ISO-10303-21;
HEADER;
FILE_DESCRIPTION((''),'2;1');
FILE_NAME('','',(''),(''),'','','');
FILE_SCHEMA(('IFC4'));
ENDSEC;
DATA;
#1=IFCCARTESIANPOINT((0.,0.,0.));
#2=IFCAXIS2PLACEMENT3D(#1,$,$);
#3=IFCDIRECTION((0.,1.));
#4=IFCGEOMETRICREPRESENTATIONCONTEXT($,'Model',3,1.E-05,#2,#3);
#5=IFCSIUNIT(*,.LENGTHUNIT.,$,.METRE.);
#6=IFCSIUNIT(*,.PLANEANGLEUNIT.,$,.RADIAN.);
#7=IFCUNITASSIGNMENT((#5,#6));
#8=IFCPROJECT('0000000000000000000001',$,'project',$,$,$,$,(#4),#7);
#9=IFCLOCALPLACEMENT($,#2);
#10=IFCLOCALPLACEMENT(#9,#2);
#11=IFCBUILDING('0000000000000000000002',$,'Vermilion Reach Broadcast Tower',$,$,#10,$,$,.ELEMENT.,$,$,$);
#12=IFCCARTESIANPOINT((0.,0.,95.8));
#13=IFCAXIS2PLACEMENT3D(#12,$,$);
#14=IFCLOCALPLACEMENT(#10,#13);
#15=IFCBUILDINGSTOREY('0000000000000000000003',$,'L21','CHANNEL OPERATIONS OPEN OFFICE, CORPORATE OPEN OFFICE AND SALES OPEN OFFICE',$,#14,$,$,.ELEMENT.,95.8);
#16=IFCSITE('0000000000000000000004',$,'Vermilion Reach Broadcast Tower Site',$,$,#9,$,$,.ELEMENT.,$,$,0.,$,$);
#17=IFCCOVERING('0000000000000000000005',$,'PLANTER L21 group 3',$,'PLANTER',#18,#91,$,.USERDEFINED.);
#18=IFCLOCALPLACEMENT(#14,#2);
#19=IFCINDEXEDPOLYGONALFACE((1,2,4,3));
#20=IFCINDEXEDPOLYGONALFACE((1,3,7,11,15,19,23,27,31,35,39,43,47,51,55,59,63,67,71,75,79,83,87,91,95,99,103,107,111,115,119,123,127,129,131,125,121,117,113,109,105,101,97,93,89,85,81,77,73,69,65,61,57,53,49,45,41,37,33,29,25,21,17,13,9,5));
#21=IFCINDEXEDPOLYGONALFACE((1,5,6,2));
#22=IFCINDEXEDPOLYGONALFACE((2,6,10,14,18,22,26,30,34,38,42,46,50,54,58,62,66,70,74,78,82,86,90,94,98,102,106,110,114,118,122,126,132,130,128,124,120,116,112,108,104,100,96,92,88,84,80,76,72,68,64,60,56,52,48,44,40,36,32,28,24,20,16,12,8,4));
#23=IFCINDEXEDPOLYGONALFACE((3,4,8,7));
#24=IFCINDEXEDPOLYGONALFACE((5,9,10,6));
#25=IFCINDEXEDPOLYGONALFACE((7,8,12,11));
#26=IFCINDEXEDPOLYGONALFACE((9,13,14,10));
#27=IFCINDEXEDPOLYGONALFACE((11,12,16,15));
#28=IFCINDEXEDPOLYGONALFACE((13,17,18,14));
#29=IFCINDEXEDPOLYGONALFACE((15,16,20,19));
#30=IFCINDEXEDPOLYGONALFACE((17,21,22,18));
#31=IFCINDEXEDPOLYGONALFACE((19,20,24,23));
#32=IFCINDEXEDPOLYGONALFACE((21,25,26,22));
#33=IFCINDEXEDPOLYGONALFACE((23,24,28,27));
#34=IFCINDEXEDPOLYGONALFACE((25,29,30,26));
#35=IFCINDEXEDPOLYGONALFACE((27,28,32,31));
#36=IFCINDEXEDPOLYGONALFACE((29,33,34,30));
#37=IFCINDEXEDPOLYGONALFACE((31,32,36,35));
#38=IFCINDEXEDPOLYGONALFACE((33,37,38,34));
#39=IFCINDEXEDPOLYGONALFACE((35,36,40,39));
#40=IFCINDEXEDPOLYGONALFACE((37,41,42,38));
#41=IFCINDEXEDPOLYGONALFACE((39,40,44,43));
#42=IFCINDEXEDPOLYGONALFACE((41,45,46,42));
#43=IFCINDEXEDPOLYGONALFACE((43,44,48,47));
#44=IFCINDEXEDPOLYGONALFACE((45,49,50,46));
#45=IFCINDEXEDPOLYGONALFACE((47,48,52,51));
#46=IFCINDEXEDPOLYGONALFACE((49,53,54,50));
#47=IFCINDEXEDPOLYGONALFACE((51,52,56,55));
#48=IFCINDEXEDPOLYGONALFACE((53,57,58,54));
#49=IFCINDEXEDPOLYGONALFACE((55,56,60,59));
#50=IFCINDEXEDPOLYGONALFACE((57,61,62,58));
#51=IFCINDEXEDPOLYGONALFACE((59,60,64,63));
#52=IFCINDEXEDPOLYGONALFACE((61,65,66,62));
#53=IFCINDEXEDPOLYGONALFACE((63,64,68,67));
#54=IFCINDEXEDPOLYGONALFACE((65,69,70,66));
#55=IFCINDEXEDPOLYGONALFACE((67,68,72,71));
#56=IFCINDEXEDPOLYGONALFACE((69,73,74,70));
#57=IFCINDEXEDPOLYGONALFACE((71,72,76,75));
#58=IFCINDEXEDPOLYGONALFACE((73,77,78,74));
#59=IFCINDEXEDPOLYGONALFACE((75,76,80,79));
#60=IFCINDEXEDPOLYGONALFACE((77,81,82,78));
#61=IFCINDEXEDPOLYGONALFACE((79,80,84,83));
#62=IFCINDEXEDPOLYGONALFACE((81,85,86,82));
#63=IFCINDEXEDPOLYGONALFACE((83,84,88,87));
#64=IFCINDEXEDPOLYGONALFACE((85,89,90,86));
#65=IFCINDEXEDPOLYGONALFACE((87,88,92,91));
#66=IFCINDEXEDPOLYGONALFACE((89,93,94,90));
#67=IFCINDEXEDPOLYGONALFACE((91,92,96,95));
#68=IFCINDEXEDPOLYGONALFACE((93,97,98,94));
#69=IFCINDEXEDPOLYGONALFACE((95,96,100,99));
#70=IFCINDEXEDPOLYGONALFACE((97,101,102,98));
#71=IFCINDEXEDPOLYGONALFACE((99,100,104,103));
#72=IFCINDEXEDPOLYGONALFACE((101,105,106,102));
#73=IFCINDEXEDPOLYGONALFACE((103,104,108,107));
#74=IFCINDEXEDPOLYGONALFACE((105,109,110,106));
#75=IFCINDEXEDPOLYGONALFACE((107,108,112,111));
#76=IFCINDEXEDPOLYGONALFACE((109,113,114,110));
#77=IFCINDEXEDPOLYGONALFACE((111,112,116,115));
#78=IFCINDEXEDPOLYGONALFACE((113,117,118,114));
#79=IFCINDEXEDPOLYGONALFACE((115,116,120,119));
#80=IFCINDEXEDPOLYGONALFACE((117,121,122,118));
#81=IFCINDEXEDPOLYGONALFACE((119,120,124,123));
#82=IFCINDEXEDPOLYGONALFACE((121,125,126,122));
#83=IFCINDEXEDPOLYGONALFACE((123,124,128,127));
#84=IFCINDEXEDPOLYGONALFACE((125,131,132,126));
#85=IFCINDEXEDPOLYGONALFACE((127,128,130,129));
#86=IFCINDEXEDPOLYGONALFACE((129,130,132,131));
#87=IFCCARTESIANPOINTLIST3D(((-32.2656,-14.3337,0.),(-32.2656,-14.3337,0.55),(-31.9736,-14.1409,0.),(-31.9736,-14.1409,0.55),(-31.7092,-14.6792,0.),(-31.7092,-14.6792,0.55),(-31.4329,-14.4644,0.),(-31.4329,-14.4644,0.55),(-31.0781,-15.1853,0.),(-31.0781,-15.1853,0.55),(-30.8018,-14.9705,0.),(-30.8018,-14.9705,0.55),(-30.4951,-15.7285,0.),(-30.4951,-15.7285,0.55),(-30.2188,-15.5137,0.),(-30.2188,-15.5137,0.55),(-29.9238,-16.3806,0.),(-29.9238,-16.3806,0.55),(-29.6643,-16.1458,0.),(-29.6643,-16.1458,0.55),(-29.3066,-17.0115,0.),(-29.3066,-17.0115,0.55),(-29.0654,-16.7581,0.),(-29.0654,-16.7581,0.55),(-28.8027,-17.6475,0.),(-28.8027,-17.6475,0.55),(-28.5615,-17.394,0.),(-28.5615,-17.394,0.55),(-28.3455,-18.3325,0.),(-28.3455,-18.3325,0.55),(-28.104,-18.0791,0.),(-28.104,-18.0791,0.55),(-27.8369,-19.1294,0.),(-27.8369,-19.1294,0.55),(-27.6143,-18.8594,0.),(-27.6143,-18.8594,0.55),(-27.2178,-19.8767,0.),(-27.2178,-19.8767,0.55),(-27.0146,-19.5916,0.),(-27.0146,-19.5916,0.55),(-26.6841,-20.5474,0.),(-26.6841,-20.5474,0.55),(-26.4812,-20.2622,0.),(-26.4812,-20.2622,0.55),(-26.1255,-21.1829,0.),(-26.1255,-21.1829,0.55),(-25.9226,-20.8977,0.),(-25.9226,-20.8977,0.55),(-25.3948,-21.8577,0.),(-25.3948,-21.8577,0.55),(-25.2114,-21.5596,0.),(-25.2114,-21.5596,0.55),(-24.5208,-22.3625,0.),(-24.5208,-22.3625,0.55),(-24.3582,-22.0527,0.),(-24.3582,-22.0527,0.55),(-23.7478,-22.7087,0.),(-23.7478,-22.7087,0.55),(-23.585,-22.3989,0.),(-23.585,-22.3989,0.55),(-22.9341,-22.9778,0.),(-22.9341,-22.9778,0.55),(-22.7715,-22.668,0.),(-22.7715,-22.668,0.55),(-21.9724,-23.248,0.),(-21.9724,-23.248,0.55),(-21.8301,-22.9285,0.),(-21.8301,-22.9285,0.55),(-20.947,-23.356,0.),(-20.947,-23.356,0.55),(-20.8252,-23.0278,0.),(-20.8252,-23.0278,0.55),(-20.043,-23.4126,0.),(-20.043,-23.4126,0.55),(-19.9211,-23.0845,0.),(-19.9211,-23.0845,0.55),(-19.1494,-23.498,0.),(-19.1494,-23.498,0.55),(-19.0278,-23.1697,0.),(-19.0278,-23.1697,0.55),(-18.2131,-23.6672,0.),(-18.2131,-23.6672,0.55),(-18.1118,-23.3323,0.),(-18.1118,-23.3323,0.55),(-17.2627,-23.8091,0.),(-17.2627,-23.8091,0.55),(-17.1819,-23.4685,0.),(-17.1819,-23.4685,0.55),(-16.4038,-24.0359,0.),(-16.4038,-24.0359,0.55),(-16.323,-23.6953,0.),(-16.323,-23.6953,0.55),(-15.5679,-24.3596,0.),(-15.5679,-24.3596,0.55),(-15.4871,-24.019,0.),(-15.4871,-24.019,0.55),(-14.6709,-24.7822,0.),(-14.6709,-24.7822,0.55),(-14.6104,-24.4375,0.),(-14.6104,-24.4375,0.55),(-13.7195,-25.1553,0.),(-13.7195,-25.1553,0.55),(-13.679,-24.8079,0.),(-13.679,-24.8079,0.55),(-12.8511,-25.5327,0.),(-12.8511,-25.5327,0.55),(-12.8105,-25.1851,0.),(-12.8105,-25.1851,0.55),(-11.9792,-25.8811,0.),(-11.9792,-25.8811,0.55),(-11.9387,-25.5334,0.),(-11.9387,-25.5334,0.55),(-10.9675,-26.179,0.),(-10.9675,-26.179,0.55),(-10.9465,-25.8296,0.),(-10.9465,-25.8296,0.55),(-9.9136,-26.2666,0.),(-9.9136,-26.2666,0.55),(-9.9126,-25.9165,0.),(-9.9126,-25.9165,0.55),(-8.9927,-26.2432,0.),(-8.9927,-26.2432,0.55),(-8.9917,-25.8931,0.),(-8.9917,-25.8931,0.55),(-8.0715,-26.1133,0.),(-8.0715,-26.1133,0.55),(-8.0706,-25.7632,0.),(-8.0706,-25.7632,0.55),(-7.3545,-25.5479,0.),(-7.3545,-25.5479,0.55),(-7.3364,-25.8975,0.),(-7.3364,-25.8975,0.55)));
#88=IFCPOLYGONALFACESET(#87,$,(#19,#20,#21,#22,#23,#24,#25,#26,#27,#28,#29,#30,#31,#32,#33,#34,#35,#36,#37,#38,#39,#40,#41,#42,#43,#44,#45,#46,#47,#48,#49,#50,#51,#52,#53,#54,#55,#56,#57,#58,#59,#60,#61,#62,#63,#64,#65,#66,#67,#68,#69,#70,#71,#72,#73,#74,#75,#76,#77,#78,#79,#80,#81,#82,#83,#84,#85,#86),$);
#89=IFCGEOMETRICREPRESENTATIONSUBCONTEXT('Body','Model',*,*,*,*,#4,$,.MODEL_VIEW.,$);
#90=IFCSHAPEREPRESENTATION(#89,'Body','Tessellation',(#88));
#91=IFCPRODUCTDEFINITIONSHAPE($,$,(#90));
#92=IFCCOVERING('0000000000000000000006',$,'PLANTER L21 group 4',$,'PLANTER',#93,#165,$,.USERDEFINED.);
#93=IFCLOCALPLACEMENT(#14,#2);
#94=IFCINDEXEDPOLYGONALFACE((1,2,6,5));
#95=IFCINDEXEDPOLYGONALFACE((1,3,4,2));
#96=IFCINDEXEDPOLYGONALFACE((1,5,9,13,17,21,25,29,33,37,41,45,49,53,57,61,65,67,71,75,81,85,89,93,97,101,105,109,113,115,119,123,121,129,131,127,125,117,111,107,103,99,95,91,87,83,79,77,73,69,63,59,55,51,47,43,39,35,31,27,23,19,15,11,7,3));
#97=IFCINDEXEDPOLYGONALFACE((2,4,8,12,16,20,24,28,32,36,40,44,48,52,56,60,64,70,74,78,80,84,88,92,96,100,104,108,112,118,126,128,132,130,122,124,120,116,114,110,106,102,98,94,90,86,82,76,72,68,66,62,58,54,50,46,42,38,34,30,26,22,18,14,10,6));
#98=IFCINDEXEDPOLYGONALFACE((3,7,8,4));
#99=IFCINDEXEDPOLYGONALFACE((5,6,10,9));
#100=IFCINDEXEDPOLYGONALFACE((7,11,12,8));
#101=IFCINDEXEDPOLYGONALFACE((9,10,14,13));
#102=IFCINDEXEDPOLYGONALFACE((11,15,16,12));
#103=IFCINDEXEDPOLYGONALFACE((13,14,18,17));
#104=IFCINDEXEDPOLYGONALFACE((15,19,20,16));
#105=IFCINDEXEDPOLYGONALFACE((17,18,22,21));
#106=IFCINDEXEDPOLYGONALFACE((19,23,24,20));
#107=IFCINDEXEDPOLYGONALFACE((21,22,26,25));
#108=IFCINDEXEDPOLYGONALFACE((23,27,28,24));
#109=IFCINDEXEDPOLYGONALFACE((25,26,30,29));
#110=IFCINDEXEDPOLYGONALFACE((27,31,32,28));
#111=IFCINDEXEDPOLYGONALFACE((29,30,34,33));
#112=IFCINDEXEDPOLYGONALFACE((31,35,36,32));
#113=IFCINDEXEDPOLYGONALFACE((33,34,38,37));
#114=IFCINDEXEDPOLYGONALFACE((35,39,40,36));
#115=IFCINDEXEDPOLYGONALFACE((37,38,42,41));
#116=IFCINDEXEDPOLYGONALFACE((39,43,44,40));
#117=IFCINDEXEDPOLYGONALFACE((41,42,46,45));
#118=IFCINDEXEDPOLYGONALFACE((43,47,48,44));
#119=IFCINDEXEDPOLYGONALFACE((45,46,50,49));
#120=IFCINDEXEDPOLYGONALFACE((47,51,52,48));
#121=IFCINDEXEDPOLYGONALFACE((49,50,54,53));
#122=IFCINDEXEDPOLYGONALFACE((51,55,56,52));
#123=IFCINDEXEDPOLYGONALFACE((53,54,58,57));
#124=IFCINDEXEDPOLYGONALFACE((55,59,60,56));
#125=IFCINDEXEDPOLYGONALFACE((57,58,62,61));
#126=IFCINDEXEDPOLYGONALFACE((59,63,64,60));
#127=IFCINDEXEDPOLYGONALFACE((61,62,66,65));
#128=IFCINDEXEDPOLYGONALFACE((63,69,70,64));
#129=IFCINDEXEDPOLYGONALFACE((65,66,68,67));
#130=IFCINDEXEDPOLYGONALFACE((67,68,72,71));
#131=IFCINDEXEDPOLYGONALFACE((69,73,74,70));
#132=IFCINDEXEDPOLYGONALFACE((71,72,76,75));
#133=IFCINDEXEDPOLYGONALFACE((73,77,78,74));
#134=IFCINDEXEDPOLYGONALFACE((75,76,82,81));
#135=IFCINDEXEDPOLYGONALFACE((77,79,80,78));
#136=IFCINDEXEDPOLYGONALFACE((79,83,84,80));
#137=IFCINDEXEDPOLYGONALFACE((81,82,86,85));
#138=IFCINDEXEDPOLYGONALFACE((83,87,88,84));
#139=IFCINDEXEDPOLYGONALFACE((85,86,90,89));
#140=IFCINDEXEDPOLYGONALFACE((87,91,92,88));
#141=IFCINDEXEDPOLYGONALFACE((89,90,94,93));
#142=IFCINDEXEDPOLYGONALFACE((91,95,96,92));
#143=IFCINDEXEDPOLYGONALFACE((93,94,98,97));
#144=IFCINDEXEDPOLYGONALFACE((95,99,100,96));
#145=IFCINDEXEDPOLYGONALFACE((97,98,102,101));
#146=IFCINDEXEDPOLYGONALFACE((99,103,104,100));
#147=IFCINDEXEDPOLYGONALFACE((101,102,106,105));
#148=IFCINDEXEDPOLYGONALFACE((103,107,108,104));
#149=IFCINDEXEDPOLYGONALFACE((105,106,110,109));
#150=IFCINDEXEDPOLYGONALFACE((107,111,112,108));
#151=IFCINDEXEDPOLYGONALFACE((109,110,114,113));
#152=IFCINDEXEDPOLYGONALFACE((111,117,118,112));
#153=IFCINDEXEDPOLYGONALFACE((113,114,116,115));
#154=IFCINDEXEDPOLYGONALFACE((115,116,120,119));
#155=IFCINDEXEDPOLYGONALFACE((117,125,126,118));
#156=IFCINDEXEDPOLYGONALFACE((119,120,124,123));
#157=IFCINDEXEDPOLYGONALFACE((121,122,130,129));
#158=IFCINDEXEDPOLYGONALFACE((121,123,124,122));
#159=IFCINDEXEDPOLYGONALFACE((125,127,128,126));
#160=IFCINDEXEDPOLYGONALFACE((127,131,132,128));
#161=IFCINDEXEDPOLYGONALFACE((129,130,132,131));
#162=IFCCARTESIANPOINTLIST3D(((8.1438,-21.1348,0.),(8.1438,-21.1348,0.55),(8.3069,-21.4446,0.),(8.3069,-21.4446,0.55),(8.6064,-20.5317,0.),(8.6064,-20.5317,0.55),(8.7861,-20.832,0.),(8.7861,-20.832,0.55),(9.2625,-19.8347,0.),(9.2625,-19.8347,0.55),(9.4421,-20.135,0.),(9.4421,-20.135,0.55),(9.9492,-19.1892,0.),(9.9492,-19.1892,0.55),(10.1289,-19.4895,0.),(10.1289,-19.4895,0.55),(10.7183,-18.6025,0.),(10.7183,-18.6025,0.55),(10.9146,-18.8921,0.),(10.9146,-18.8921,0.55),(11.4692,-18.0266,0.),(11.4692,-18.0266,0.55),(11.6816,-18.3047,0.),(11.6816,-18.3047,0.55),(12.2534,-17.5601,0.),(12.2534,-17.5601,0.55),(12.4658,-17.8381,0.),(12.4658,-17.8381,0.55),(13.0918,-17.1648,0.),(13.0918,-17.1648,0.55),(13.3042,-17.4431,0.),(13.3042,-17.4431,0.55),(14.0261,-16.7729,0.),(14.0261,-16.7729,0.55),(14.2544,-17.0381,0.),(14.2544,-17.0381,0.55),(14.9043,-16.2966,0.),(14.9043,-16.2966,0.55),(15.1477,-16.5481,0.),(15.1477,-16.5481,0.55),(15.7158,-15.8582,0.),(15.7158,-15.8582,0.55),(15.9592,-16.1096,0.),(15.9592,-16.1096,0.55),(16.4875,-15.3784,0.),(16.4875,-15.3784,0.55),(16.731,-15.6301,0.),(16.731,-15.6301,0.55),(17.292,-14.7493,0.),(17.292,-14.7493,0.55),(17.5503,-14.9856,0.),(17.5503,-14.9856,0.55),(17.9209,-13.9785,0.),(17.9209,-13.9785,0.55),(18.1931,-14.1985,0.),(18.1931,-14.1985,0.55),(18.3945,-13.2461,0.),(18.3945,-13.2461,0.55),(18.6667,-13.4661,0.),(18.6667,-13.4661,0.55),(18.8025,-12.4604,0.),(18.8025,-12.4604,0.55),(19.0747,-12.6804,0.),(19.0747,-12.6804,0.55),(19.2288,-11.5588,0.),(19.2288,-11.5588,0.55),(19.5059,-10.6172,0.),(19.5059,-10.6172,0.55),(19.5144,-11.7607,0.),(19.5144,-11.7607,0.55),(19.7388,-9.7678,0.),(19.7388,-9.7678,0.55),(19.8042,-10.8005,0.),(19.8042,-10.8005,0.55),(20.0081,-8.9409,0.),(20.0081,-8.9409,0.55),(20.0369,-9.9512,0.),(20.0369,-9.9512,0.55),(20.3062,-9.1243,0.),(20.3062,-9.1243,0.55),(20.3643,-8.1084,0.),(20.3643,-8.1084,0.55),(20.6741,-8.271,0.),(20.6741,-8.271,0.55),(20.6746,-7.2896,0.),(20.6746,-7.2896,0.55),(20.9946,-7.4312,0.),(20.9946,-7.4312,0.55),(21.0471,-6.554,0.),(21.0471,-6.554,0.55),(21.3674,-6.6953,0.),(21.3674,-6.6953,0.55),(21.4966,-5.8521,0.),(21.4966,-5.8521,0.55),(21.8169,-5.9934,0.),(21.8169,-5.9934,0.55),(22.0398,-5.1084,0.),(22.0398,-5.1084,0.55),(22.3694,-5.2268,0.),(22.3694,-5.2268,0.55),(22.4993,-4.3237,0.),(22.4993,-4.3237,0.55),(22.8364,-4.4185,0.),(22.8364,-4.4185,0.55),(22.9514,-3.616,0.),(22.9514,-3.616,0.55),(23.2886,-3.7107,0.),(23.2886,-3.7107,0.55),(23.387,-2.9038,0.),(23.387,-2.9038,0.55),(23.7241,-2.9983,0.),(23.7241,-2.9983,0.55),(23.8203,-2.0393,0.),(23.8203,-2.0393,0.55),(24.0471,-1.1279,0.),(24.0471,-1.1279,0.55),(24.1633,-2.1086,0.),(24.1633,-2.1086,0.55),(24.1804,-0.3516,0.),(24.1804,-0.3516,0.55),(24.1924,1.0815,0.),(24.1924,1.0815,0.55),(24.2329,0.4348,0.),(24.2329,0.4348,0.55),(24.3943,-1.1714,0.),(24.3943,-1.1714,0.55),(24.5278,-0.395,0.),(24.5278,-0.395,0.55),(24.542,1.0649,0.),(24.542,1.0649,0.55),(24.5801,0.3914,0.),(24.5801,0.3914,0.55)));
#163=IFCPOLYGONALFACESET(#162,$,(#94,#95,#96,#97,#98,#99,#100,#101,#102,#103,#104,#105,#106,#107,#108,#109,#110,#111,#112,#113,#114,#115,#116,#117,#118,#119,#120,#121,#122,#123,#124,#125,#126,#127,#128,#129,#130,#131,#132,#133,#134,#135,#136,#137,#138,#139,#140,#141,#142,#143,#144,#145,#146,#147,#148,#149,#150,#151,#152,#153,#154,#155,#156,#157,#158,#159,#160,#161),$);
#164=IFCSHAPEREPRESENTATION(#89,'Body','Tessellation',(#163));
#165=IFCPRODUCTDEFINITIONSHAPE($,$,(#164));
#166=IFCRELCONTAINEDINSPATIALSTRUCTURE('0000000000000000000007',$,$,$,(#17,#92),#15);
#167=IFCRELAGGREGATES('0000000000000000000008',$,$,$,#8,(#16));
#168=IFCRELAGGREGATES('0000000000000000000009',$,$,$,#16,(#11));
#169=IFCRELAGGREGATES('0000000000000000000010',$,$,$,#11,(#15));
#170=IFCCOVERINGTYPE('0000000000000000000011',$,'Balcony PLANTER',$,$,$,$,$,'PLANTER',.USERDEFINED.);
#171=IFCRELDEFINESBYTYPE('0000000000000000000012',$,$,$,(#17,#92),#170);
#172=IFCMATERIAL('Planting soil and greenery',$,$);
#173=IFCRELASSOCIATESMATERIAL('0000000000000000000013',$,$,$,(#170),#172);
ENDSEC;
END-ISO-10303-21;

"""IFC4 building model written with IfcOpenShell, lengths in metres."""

from ifc_helpers import new_model, si_unit, direction, frame, origin, place, context, subcontext, project, spatial, polyline, outline, extrude, material, type_object, element, save


model = new_model("IFC4")

# Units and contexts
model_context = context("Model", 3, precision=1e-05, world=origin(), true_north=direction((0.0, 1.0)))
body_context = subcontext(model_context, "Body", "Model", "MODEL_VIEW")
ifc_project = project(units=[si_unit("LENGTHUNIT", "METRE"), si_unit("PLANEANGLEUNIT", "RADIAN")], contexts=[model_context])

# Site, building, storey
site_placement = place(None, origin())
site = spatial("IfcSite", under=ifc_project, at=site_placement, Name="Vermilion Reach Broadcast Tower Site", CompositionType="ELEMENT", RefElevation=0.0)
building_placement = place(site_placement, origin())
building = spatial("IfcBuilding", under=site, at=building_placement, Name="Vermilion Reach Broadcast Tower", CompositionType="ELEMENT")
storey_placement = place(building_placement, frame((0.0, 0.0, 95.8)))
storey = spatial("IfcBuildingStorey", under=building, at=storey_placement, Name="L21", Description="CHANNEL OPERATIONS OPEN OFFICE, CORPORATE OPEN OFFICE AND SALES OPEN OFFICE", CompositionType="ELEMENT", Elevation=95.8)

# Shared definitions
placement_1 = place(storey_placement, origin())

# Coverings
ifc_material_1 = material(Name="Planting soil and greenery")
covering_type = type_object("IfcCoveringType", Name="Balcony PLANTER", ElementType="PLANTER", PredefinedType="USERDEFINED", material=ifc_material_1)
element("IfcCovering", 1, at=placement_1, inside=storey, type_object=covering_type, Name="PLANTER L21 group 3", ObjectType="PLANTER", PredefinedType="USERDEFINED", context=body_context, shape_type="SweptSolid", body=[
    extrude(outline(polyline([(-32.2656, -14.3337), (-31.7092, -14.6792), (-31.0781, -15.1853), (-30.4951, -15.7285), (-29.9238, -16.3806), (-29.3066, -17.0115), (-28.8027, -17.6475), (-28.3455, -18.3325), (-27.8369, -19.1294), (-27.2178, -19.8767), (-26.6841, -20.5474), (-26.1255, -21.1829), (-25.3948, -21.8577), (-24.5208, -22.3625), (-23.7478, -22.7087), (-22.9341, -22.9778), (-21.9724, -23.248), (-20.947, -23.356), (-20.043, -23.4126), (-19.1494, -23.498), (-18.2131, -23.6672), (-17.2627, -23.8091), (-16.4038, -24.0359), (-15.5679, -24.3596), (-14.6709, -24.7822), (-13.7195, -25.1553), (-12.8511, -25.5327), (-11.9792, -25.8811), (-10.9675, -26.179), (-9.9136, -26.2666), (-8.9927, -26.2432), (-8.0715, -26.1133), (-7.3364, -25.8975), (-7.3545, -25.5479), (-8.0706, -25.7632), (-8.9917, -25.8931), (-9.9126, -25.9165), (-10.9465, -25.8296), (-11.9387, -25.5334), (-12.8105, -25.1851), (-13.679, -24.8079), (-14.6104, -24.4375), (-15.4871, -24.019), (-16.323, -23.6953), (-17.1819, -23.4685), (-18.1118, -23.3323), (-19.0278, -23.1697), (-19.9211, -23.0845), (-20.8252, -23.0278), (-21.8301, -22.9285), (-22.7715, -22.668), (-23.585, -22.3989), (-24.3582, -22.0527), (-25.2114, -21.5596), (-25.9226, -20.8977), (-26.4812, -20.2622), (-27.0146, -19.5916), (-27.6143, -18.8594), (-28.104, -18.0791), (-28.5615, -17.394), (-29.0654, -16.7581), (-29.6643, -16.1458), (-30.2188, -15.5137), (-30.8018, -14.9705), (-31.4329, -14.4644), (-31.9736, -14.1409), (-32.2656, -14.3337)])), origin(), (0.0, 0.0, 1.0), 0.55),
])
element("IfcCovering", 2, at=placement_1, inside=storey, type_object=covering_type, Name="PLANTER L21 group 4", ObjectType="PLANTER", PredefinedType="USERDEFINED", context=body_context, shape_type="SweptSolid", body=[
    extrude(outline(polyline([(8.3069, -21.4446), (8.7861, -20.832), (9.4421, -20.135), (10.1289, -19.4895), (10.9146, -18.8921), (11.6816, -18.3047), (12.4658, -17.8381), (13.3042, -17.4431), (14.2544, -17.0381), (15.1477, -16.5481), (15.9592, -16.1096), (16.731, -15.6301), (17.5503, -14.9856), (18.1931, -14.1985), (18.6667, -13.4661), (19.0747, -12.6804), (19.5144, -11.7607), (19.8042, -10.8005), (20.0369, -9.9512), (20.3062, -9.1243), (20.6741, -8.271), (20.9946, -7.4312), (21.3674, -6.6953), (21.8169, -5.9934), (22.3694, -5.2268), (22.8364, -4.4185), (23.2886, -3.7107), (23.7241, -2.9983), (24.1633, -2.1086), (24.3943, -1.1714), (24.5278, -0.395), (24.5801, 0.3914), (24.542, 1.0649), (24.1924, 1.0815), (24.2329, 0.4348), (24.1804, -0.3516), (24.0471, -1.1279), (23.8203, -2.0393), (23.387, -2.9038), (22.9514, -3.616), (22.4993, -4.3237), (22.0398, -5.1084), (21.4966, -5.8521), (21.0471, -6.554), (20.6746, -7.2896), (20.3643, -8.1084), (20.0081, -8.9409), (19.7388, -9.7678), (19.5059, -10.6172), (19.2288, -11.5588), (18.8025, -12.4604), (18.3945, -13.2461), (17.9209, -13.9785), (17.292, -14.7493), (16.4875, -15.3784), (15.7158, -15.8582), (14.9043, -16.2966), (14.0261, -16.7729), (13.0918, -17.1648), (12.2534, -17.5601), (11.4692, -18.0266), (10.7183, -18.6025), (9.9492, -19.1892), (9.2625, -19.8347), (8.6064, -20.5317), (8.1438, -21.1348), (8.3069, -21.4446)])), origin(), (0.0, 0.0, 1.0), 0.55),
])

save(model, "model.ifc")
